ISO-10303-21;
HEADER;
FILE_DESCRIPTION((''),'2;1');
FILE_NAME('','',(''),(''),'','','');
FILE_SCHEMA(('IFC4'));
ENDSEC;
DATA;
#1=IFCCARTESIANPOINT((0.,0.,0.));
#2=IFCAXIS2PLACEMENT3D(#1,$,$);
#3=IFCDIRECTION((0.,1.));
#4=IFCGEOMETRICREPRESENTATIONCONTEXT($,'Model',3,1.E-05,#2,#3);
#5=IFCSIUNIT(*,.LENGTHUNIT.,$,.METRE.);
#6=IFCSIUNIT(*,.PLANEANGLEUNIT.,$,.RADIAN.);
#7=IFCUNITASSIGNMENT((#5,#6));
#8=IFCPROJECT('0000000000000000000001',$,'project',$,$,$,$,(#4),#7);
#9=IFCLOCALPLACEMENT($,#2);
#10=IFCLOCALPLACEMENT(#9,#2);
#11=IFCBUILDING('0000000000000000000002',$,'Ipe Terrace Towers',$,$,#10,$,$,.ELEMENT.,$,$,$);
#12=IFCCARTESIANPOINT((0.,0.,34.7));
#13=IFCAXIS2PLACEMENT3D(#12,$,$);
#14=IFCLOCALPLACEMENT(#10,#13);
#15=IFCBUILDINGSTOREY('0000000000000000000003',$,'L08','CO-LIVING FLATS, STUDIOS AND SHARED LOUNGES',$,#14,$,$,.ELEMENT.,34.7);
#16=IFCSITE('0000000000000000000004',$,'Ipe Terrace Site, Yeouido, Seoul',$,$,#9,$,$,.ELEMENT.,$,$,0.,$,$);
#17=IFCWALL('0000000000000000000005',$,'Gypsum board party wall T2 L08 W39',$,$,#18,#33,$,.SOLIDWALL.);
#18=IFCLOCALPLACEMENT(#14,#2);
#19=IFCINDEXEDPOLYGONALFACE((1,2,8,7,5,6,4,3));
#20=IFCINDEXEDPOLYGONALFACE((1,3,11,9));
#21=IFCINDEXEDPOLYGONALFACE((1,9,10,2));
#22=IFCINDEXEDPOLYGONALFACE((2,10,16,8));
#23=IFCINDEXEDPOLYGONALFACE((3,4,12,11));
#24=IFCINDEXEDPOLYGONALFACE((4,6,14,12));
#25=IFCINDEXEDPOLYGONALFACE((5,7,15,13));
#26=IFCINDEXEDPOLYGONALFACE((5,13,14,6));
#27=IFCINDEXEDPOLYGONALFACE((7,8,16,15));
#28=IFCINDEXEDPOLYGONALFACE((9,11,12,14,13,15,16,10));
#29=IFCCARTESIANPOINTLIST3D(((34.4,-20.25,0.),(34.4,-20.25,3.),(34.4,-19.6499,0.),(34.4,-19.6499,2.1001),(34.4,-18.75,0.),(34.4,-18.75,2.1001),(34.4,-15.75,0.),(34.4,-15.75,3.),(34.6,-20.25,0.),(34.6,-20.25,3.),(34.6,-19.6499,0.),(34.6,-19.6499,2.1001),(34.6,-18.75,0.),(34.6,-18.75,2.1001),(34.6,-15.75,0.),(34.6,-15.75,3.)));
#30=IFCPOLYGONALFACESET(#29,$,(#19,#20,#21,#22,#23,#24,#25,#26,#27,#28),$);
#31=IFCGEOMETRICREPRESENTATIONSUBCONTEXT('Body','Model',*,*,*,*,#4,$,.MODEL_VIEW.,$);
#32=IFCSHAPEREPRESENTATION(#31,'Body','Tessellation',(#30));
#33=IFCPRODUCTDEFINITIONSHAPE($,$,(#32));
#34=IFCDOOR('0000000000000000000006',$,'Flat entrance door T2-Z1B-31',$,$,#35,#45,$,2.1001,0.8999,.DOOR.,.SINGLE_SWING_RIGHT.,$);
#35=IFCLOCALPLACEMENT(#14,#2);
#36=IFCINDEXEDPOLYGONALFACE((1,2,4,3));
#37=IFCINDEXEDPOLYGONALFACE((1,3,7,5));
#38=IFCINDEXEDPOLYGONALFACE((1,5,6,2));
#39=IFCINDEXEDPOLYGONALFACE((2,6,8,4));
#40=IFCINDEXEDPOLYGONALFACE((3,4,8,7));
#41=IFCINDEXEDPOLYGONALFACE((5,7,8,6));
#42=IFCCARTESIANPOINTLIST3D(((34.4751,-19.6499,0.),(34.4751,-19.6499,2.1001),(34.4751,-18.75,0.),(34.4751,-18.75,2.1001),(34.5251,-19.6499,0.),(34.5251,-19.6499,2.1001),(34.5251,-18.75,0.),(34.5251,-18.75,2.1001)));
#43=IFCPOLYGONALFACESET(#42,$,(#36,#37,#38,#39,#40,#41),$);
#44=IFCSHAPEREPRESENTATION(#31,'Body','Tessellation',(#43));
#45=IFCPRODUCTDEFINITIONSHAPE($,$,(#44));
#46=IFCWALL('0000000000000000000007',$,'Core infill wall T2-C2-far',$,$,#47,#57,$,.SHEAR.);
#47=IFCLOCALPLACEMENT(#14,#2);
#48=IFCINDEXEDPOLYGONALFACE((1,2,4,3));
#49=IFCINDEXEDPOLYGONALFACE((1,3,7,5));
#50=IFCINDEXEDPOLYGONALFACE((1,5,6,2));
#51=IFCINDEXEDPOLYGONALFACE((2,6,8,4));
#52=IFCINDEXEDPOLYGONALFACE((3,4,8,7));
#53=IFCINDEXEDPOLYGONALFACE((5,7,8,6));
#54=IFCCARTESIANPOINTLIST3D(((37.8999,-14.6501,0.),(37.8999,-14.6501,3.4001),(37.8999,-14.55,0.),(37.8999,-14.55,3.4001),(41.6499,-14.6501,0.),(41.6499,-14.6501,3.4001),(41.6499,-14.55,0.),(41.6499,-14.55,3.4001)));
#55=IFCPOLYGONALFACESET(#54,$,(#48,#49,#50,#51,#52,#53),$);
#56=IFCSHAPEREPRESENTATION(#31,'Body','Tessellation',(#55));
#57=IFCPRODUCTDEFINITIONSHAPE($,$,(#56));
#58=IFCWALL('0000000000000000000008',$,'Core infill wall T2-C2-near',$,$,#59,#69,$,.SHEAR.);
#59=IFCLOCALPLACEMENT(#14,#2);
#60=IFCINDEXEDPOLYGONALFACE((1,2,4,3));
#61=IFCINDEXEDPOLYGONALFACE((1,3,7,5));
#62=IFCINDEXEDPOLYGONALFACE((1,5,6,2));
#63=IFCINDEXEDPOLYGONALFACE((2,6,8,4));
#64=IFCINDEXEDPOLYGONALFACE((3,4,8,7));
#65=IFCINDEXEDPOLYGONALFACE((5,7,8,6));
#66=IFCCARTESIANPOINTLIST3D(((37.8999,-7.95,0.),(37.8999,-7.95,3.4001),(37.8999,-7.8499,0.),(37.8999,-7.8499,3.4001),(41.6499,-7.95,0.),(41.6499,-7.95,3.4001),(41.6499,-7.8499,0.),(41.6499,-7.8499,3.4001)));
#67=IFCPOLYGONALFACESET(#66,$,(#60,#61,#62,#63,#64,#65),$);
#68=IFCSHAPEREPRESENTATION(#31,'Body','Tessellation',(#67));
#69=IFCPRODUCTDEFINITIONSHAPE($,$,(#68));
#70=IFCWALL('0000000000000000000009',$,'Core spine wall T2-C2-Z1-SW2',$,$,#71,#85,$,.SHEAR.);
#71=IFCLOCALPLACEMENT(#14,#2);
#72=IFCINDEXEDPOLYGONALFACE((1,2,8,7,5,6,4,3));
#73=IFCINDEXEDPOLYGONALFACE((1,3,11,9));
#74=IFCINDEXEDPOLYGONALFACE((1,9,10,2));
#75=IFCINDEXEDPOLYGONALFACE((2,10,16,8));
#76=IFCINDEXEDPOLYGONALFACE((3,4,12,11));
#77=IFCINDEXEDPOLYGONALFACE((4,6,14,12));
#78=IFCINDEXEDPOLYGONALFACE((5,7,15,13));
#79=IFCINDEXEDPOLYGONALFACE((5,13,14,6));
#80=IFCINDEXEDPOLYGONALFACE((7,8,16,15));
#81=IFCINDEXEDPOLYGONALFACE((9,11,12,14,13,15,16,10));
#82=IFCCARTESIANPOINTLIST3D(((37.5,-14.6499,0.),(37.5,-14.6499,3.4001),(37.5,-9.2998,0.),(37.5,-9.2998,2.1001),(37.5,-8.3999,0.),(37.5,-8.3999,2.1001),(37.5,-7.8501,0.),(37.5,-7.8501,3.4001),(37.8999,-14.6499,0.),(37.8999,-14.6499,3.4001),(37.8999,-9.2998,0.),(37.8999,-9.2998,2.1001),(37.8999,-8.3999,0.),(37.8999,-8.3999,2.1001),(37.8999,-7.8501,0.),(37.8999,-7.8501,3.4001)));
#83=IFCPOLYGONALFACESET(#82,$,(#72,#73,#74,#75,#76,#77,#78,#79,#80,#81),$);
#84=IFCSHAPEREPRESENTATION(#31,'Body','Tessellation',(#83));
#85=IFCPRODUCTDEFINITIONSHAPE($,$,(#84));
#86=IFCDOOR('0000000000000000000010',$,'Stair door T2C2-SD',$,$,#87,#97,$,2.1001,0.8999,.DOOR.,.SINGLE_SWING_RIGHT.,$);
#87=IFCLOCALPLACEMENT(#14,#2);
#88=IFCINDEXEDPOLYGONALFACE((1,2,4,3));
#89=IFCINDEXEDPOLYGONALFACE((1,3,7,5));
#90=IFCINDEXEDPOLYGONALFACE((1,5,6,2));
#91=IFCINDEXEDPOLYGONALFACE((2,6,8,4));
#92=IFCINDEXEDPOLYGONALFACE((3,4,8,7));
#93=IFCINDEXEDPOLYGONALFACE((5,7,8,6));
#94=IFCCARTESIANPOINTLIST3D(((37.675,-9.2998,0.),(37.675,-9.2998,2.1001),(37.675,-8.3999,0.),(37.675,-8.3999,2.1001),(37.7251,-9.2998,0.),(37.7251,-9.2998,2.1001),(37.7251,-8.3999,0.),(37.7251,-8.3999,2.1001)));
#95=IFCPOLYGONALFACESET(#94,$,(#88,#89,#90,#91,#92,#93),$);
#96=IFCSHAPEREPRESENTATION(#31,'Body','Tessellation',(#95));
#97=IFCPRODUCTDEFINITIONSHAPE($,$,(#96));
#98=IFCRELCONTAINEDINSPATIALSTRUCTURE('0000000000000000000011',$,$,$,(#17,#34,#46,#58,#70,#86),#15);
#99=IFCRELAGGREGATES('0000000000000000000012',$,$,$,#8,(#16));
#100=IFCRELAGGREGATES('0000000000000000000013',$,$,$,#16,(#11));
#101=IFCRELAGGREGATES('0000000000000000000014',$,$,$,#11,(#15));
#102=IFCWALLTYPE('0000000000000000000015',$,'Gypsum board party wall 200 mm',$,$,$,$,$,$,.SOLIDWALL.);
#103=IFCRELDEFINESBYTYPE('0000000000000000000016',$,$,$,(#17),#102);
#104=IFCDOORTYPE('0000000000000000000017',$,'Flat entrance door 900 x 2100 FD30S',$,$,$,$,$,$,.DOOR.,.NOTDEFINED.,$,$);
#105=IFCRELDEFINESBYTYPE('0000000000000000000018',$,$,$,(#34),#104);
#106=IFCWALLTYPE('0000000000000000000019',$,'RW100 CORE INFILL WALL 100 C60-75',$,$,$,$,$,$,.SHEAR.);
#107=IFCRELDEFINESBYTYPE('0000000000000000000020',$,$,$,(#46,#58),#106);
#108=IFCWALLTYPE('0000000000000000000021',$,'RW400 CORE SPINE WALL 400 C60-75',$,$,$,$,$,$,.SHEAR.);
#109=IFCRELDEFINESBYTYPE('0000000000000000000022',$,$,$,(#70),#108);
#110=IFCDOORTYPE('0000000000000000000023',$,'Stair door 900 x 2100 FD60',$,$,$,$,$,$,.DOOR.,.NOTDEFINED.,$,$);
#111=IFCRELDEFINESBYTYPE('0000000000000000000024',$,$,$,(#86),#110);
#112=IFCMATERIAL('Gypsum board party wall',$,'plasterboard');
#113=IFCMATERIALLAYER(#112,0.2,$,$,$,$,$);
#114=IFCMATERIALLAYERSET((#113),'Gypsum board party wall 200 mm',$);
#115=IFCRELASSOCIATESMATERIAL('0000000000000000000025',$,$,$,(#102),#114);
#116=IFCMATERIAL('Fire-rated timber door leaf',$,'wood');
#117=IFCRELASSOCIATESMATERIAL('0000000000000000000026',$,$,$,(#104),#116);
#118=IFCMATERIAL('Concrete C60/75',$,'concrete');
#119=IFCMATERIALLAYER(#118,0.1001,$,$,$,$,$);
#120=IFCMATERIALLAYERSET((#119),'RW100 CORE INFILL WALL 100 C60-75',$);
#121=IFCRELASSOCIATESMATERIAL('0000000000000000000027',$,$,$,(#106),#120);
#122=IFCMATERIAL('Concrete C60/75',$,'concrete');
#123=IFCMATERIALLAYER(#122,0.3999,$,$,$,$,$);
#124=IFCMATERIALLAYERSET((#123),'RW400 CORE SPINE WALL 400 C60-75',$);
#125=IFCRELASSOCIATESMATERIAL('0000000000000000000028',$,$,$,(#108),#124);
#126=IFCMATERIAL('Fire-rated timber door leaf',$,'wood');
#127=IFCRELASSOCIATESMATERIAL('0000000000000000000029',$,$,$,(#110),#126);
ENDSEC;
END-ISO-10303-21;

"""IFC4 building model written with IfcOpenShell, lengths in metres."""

from ifc_helpers import new_model, si_unit, direction, frame, frame_2d, origin, place, context, subcontext, project, spatial, rectangle, extrude, material, layer, layer_set, type_object, element, fill, save


model = new_model("IFC4")

# Units and contexts
model_context = context("Model", 3, precision=1e-05, world=origin(), true_north=direction((0.0, 1.0)))
body_context = subcontext(model_context, "Body", "Model", "MODEL_VIEW")
ifc_project = project(units=[si_unit("LENGTHUNIT", "METRE"), si_unit("PLANEANGLEUNIT", "RADIAN")], contexts=[model_context])

# Site, building, storey
site_placement = place(None, origin())
site = spatial("IfcSite", under=ifc_project, at=site_placement, Name="Ipe Terrace Site, Yeouido, Seoul", CompositionType="ELEMENT", RefElevation=0.0)
building_placement = place(site_placement, origin())
building = spatial("IfcBuilding", under=site, at=building_placement, Name="Ipe Terrace Towers", CompositionType="ELEMENT")
storey_placement = place(building_placement, frame((0.0, 0.0, 34.7)))
storey = spatial("IfcBuildingStorey", under=building, at=storey_placement, Name="L08", Description="CO-LIVING FLATS, STUDIOS AND SHARED LOUNGES", CompositionType="ELEMENT", Elevation=34.7)

# Wall, opening, door
ifc_material_1 = material(Name="Gypsum board party wall", Category="plasterboard")
ifc_layer_1 = layer(ifc_material_1, 0.2)
ifc_layer_set_1 = layer_set([ifc_layer_1], Name="Gypsum board party wall 200 mm")
wall_type_1 = type_object("IfcWallType", Name="Gypsum board party wall 200 mm", PredefinedType="SOLIDWALL", material=ifc_layer_set_1)
wall_1_placement = place(storey_placement, frame((34.5, -20.25, 0.0), z_axis=(0.0, 0.0, 1.0), x_axis=(0.0, 1.0, 0.0)))
wall_1 = element("IfcWall", 1, at=wall_1_placement, inside=storey, type_object=wall_type_1, Name="Gypsum board party wall T2 L08 W39", PredefinedType="SOLIDWALL", context=body_context, shape_type="SweptSolid", body=[
    extrude(rectangle(XDim=4.5, YDim=0.2, at=frame_2d((2.25, 0.0))), origin(), (0.0, 0.0, 1.0), 3.0),
])
opening_1_placement = place(wall_1_placement, frame((0.6001, 0.0, 0.0)))
opening_1 = element("IfcOpeningElement", 2, at=opening_1_placement, cuts=wall_1, PredefinedType="OPENING", context=body_context, shape_type="SweptSolid", body=[
    extrude(rectangle(XDim=0.8999, YDim=2.1001, at=frame_2d((0.45, 1.05))), frame((0.0, 0.1099, 0.0), z_axis=(0.0, -1.0, 0.0), x_axis=(1.0, 0.0, 0.0)), (0.0, 0.0, 1.0), 0.22),
])
ifc_material_2 = material(Name="Fire-rated timber door leaf", Category="wood")
door_type_1 = type_object("IfcDoorType", Name="Flat entrance door 900 x 2100 FD30S", OperationType="NOTDEFINED", PredefinedType="DOOR", material=ifc_material_2)
door_1_placement = place(opening_1_placement, origin())
door_1 = element("IfcDoor", 3, at=door_1_placement, inside=storey, type_object=door_type_1, Name="Flat entrance door T2-Z1B-31", OperationType="SINGLE_SWING_RIGHT", OverallHeight=2.1001, OverallWidth=0.8999, PredefinedType="DOOR", context=body_context, shape_type="SweptSolid", body=[
    extrude(rectangle(XDim=0.8999, YDim=2.1001, at=frame_2d((0.45, 1.05))), frame((0.0, 0.0249, 0.0), z_axis=(0.0, -1.0, 0.0), x_axis=(1.0, 0.0, 0.0)), (0.0, 0.0, 1.0), 0.05),
])
fill(opening_1, door_1)

# Walls
ifc_material_3 = material(Name="Concrete C60/75", Category="concrete")
ifc_layer_2 = layer(ifc_material_3, 0.1001)
ifc_layer_set_2 = layer_set([ifc_layer_2], Name="RW100 CORE INFILL WALL 100 C60-75")
wall_type_2 = type_object("IfcWallType", Name="RW100 CORE INFILL WALL 100 C60-75", PredefinedType="SHEAR", material=ifc_layer_set_2)
for number, where, z_axis, x_axis, name in (
    (4, (37.8999, -14.6001, 0.0), (0.0, 0.0, 1.0), (1.0, 0.0, 0.0), "Core infill wall T2-C2-far"),
    (5, (37.8999, -7.8999, 0.0), (0.0, 0.0, 1.0), (1.0, 0.0, 0.0), "Core infill wall T2-C2-near"),
):
    element("IfcWall", number, at=place(storey_placement, frame(where, z_axis=z_axis, x_axis=x_axis)), inside=storey, type_object=wall_type_2, Name=name, PredefinedType="SHEAR", context=body_context, shape_type="SweptSolid", body=[
        extrude(rectangle(XDim=3.75, YDim=0.1001, at=frame_2d((1.875, 0.0))), origin(), (0.0, 0.0, 1.0), 3.4001),
    ])

# Wall, opening, door
ifc_material_4 = material(Name="Concrete C60/75", Category="concrete")
ifc_layer_3 = layer(ifc_material_4, 0.3999)
ifc_layer_set_3 = layer_set([ifc_layer_3], Name="RW400 CORE SPINE WALL 400 C60-75")
wall_type_3 = type_object("IfcWallType", Name="RW400 CORE SPINE WALL 400 C60-75", PredefinedType="SHEAR", material=ifc_layer_set_3)
wall_2_placement = place(storey_placement, frame((37.7, -14.6499, 0.0), z_axis=(0.0, 0.0, 1.0), x_axis=(0.0, 1.0, 0.0)))
wall_2 = element("IfcWall", 6, at=wall_2_placement, inside=storey, type_object=wall_type_3, Name="Core spine wall T2-C2-Z1-SW2", PredefinedType="SHEAR", context=body_context, shape_type="SweptSolid", body=[
    extrude(rectangle(XDim=6.7998, YDim=0.3999, at=frame_2d((3.3999, 0.0))), origin(), (0.0, 0.0, 1.0), 3.4001),
])
opening_2_placement = place(wall_2_placement, frame((5.3501, 0.0, 0.0)))
opening_2 = element("IfcOpeningElement", 7, at=opening_2_placement, cuts=wall_2, PredefinedType="OPENING", context=body_context, shape_type="SweptSolid", body=[
    extrude(rectangle(XDim=0.8999, YDim=2.1001, at=frame_2d((0.45, 1.05))), frame((0.0, 0.21, 0.0), z_axis=(0.0, -1.0, 0.0), x_axis=(1.0, 0.0, 0.0)), (0.0, 0.0, 1.0), 0.4199),
])
ifc_material_5 = material(Name="Fire-rated timber door leaf", Category="wood")
door_type_2 = type_object("IfcDoorType", Name="Stair door 900 x 2100 FD60", OperationType="NOTDEFINED", PredefinedType="DOOR", material=ifc_material_5)
door_2_placement = place(opening_2_placement, origin())
door_2 = element("IfcDoor", 8, at=door_2_placement, inside=storey, type_object=door_type_2, Name="Stair door T2C2-SD", OperationType="SINGLE_SWING_RIGHT", OverallHeight=2.1001, OverallWidth=0.8999, PredefinedType="DOOR", context=body_context, shape_type="SweptSolid", body=[
    extrude(rectangle(XDim=0.8999, YDim=2.1001, at=frame_2d((0.45, 1.05))), frame((0.0, 0.0249, 0.0), z_axis=(0.0, -1.0, 0.0), x_axis=(1.0, 0.0, 0.0)), (0.0, 0.0, 1.0), 0.05),
])
fill(opening_2, door_2)

save(model, "model.ifc")
